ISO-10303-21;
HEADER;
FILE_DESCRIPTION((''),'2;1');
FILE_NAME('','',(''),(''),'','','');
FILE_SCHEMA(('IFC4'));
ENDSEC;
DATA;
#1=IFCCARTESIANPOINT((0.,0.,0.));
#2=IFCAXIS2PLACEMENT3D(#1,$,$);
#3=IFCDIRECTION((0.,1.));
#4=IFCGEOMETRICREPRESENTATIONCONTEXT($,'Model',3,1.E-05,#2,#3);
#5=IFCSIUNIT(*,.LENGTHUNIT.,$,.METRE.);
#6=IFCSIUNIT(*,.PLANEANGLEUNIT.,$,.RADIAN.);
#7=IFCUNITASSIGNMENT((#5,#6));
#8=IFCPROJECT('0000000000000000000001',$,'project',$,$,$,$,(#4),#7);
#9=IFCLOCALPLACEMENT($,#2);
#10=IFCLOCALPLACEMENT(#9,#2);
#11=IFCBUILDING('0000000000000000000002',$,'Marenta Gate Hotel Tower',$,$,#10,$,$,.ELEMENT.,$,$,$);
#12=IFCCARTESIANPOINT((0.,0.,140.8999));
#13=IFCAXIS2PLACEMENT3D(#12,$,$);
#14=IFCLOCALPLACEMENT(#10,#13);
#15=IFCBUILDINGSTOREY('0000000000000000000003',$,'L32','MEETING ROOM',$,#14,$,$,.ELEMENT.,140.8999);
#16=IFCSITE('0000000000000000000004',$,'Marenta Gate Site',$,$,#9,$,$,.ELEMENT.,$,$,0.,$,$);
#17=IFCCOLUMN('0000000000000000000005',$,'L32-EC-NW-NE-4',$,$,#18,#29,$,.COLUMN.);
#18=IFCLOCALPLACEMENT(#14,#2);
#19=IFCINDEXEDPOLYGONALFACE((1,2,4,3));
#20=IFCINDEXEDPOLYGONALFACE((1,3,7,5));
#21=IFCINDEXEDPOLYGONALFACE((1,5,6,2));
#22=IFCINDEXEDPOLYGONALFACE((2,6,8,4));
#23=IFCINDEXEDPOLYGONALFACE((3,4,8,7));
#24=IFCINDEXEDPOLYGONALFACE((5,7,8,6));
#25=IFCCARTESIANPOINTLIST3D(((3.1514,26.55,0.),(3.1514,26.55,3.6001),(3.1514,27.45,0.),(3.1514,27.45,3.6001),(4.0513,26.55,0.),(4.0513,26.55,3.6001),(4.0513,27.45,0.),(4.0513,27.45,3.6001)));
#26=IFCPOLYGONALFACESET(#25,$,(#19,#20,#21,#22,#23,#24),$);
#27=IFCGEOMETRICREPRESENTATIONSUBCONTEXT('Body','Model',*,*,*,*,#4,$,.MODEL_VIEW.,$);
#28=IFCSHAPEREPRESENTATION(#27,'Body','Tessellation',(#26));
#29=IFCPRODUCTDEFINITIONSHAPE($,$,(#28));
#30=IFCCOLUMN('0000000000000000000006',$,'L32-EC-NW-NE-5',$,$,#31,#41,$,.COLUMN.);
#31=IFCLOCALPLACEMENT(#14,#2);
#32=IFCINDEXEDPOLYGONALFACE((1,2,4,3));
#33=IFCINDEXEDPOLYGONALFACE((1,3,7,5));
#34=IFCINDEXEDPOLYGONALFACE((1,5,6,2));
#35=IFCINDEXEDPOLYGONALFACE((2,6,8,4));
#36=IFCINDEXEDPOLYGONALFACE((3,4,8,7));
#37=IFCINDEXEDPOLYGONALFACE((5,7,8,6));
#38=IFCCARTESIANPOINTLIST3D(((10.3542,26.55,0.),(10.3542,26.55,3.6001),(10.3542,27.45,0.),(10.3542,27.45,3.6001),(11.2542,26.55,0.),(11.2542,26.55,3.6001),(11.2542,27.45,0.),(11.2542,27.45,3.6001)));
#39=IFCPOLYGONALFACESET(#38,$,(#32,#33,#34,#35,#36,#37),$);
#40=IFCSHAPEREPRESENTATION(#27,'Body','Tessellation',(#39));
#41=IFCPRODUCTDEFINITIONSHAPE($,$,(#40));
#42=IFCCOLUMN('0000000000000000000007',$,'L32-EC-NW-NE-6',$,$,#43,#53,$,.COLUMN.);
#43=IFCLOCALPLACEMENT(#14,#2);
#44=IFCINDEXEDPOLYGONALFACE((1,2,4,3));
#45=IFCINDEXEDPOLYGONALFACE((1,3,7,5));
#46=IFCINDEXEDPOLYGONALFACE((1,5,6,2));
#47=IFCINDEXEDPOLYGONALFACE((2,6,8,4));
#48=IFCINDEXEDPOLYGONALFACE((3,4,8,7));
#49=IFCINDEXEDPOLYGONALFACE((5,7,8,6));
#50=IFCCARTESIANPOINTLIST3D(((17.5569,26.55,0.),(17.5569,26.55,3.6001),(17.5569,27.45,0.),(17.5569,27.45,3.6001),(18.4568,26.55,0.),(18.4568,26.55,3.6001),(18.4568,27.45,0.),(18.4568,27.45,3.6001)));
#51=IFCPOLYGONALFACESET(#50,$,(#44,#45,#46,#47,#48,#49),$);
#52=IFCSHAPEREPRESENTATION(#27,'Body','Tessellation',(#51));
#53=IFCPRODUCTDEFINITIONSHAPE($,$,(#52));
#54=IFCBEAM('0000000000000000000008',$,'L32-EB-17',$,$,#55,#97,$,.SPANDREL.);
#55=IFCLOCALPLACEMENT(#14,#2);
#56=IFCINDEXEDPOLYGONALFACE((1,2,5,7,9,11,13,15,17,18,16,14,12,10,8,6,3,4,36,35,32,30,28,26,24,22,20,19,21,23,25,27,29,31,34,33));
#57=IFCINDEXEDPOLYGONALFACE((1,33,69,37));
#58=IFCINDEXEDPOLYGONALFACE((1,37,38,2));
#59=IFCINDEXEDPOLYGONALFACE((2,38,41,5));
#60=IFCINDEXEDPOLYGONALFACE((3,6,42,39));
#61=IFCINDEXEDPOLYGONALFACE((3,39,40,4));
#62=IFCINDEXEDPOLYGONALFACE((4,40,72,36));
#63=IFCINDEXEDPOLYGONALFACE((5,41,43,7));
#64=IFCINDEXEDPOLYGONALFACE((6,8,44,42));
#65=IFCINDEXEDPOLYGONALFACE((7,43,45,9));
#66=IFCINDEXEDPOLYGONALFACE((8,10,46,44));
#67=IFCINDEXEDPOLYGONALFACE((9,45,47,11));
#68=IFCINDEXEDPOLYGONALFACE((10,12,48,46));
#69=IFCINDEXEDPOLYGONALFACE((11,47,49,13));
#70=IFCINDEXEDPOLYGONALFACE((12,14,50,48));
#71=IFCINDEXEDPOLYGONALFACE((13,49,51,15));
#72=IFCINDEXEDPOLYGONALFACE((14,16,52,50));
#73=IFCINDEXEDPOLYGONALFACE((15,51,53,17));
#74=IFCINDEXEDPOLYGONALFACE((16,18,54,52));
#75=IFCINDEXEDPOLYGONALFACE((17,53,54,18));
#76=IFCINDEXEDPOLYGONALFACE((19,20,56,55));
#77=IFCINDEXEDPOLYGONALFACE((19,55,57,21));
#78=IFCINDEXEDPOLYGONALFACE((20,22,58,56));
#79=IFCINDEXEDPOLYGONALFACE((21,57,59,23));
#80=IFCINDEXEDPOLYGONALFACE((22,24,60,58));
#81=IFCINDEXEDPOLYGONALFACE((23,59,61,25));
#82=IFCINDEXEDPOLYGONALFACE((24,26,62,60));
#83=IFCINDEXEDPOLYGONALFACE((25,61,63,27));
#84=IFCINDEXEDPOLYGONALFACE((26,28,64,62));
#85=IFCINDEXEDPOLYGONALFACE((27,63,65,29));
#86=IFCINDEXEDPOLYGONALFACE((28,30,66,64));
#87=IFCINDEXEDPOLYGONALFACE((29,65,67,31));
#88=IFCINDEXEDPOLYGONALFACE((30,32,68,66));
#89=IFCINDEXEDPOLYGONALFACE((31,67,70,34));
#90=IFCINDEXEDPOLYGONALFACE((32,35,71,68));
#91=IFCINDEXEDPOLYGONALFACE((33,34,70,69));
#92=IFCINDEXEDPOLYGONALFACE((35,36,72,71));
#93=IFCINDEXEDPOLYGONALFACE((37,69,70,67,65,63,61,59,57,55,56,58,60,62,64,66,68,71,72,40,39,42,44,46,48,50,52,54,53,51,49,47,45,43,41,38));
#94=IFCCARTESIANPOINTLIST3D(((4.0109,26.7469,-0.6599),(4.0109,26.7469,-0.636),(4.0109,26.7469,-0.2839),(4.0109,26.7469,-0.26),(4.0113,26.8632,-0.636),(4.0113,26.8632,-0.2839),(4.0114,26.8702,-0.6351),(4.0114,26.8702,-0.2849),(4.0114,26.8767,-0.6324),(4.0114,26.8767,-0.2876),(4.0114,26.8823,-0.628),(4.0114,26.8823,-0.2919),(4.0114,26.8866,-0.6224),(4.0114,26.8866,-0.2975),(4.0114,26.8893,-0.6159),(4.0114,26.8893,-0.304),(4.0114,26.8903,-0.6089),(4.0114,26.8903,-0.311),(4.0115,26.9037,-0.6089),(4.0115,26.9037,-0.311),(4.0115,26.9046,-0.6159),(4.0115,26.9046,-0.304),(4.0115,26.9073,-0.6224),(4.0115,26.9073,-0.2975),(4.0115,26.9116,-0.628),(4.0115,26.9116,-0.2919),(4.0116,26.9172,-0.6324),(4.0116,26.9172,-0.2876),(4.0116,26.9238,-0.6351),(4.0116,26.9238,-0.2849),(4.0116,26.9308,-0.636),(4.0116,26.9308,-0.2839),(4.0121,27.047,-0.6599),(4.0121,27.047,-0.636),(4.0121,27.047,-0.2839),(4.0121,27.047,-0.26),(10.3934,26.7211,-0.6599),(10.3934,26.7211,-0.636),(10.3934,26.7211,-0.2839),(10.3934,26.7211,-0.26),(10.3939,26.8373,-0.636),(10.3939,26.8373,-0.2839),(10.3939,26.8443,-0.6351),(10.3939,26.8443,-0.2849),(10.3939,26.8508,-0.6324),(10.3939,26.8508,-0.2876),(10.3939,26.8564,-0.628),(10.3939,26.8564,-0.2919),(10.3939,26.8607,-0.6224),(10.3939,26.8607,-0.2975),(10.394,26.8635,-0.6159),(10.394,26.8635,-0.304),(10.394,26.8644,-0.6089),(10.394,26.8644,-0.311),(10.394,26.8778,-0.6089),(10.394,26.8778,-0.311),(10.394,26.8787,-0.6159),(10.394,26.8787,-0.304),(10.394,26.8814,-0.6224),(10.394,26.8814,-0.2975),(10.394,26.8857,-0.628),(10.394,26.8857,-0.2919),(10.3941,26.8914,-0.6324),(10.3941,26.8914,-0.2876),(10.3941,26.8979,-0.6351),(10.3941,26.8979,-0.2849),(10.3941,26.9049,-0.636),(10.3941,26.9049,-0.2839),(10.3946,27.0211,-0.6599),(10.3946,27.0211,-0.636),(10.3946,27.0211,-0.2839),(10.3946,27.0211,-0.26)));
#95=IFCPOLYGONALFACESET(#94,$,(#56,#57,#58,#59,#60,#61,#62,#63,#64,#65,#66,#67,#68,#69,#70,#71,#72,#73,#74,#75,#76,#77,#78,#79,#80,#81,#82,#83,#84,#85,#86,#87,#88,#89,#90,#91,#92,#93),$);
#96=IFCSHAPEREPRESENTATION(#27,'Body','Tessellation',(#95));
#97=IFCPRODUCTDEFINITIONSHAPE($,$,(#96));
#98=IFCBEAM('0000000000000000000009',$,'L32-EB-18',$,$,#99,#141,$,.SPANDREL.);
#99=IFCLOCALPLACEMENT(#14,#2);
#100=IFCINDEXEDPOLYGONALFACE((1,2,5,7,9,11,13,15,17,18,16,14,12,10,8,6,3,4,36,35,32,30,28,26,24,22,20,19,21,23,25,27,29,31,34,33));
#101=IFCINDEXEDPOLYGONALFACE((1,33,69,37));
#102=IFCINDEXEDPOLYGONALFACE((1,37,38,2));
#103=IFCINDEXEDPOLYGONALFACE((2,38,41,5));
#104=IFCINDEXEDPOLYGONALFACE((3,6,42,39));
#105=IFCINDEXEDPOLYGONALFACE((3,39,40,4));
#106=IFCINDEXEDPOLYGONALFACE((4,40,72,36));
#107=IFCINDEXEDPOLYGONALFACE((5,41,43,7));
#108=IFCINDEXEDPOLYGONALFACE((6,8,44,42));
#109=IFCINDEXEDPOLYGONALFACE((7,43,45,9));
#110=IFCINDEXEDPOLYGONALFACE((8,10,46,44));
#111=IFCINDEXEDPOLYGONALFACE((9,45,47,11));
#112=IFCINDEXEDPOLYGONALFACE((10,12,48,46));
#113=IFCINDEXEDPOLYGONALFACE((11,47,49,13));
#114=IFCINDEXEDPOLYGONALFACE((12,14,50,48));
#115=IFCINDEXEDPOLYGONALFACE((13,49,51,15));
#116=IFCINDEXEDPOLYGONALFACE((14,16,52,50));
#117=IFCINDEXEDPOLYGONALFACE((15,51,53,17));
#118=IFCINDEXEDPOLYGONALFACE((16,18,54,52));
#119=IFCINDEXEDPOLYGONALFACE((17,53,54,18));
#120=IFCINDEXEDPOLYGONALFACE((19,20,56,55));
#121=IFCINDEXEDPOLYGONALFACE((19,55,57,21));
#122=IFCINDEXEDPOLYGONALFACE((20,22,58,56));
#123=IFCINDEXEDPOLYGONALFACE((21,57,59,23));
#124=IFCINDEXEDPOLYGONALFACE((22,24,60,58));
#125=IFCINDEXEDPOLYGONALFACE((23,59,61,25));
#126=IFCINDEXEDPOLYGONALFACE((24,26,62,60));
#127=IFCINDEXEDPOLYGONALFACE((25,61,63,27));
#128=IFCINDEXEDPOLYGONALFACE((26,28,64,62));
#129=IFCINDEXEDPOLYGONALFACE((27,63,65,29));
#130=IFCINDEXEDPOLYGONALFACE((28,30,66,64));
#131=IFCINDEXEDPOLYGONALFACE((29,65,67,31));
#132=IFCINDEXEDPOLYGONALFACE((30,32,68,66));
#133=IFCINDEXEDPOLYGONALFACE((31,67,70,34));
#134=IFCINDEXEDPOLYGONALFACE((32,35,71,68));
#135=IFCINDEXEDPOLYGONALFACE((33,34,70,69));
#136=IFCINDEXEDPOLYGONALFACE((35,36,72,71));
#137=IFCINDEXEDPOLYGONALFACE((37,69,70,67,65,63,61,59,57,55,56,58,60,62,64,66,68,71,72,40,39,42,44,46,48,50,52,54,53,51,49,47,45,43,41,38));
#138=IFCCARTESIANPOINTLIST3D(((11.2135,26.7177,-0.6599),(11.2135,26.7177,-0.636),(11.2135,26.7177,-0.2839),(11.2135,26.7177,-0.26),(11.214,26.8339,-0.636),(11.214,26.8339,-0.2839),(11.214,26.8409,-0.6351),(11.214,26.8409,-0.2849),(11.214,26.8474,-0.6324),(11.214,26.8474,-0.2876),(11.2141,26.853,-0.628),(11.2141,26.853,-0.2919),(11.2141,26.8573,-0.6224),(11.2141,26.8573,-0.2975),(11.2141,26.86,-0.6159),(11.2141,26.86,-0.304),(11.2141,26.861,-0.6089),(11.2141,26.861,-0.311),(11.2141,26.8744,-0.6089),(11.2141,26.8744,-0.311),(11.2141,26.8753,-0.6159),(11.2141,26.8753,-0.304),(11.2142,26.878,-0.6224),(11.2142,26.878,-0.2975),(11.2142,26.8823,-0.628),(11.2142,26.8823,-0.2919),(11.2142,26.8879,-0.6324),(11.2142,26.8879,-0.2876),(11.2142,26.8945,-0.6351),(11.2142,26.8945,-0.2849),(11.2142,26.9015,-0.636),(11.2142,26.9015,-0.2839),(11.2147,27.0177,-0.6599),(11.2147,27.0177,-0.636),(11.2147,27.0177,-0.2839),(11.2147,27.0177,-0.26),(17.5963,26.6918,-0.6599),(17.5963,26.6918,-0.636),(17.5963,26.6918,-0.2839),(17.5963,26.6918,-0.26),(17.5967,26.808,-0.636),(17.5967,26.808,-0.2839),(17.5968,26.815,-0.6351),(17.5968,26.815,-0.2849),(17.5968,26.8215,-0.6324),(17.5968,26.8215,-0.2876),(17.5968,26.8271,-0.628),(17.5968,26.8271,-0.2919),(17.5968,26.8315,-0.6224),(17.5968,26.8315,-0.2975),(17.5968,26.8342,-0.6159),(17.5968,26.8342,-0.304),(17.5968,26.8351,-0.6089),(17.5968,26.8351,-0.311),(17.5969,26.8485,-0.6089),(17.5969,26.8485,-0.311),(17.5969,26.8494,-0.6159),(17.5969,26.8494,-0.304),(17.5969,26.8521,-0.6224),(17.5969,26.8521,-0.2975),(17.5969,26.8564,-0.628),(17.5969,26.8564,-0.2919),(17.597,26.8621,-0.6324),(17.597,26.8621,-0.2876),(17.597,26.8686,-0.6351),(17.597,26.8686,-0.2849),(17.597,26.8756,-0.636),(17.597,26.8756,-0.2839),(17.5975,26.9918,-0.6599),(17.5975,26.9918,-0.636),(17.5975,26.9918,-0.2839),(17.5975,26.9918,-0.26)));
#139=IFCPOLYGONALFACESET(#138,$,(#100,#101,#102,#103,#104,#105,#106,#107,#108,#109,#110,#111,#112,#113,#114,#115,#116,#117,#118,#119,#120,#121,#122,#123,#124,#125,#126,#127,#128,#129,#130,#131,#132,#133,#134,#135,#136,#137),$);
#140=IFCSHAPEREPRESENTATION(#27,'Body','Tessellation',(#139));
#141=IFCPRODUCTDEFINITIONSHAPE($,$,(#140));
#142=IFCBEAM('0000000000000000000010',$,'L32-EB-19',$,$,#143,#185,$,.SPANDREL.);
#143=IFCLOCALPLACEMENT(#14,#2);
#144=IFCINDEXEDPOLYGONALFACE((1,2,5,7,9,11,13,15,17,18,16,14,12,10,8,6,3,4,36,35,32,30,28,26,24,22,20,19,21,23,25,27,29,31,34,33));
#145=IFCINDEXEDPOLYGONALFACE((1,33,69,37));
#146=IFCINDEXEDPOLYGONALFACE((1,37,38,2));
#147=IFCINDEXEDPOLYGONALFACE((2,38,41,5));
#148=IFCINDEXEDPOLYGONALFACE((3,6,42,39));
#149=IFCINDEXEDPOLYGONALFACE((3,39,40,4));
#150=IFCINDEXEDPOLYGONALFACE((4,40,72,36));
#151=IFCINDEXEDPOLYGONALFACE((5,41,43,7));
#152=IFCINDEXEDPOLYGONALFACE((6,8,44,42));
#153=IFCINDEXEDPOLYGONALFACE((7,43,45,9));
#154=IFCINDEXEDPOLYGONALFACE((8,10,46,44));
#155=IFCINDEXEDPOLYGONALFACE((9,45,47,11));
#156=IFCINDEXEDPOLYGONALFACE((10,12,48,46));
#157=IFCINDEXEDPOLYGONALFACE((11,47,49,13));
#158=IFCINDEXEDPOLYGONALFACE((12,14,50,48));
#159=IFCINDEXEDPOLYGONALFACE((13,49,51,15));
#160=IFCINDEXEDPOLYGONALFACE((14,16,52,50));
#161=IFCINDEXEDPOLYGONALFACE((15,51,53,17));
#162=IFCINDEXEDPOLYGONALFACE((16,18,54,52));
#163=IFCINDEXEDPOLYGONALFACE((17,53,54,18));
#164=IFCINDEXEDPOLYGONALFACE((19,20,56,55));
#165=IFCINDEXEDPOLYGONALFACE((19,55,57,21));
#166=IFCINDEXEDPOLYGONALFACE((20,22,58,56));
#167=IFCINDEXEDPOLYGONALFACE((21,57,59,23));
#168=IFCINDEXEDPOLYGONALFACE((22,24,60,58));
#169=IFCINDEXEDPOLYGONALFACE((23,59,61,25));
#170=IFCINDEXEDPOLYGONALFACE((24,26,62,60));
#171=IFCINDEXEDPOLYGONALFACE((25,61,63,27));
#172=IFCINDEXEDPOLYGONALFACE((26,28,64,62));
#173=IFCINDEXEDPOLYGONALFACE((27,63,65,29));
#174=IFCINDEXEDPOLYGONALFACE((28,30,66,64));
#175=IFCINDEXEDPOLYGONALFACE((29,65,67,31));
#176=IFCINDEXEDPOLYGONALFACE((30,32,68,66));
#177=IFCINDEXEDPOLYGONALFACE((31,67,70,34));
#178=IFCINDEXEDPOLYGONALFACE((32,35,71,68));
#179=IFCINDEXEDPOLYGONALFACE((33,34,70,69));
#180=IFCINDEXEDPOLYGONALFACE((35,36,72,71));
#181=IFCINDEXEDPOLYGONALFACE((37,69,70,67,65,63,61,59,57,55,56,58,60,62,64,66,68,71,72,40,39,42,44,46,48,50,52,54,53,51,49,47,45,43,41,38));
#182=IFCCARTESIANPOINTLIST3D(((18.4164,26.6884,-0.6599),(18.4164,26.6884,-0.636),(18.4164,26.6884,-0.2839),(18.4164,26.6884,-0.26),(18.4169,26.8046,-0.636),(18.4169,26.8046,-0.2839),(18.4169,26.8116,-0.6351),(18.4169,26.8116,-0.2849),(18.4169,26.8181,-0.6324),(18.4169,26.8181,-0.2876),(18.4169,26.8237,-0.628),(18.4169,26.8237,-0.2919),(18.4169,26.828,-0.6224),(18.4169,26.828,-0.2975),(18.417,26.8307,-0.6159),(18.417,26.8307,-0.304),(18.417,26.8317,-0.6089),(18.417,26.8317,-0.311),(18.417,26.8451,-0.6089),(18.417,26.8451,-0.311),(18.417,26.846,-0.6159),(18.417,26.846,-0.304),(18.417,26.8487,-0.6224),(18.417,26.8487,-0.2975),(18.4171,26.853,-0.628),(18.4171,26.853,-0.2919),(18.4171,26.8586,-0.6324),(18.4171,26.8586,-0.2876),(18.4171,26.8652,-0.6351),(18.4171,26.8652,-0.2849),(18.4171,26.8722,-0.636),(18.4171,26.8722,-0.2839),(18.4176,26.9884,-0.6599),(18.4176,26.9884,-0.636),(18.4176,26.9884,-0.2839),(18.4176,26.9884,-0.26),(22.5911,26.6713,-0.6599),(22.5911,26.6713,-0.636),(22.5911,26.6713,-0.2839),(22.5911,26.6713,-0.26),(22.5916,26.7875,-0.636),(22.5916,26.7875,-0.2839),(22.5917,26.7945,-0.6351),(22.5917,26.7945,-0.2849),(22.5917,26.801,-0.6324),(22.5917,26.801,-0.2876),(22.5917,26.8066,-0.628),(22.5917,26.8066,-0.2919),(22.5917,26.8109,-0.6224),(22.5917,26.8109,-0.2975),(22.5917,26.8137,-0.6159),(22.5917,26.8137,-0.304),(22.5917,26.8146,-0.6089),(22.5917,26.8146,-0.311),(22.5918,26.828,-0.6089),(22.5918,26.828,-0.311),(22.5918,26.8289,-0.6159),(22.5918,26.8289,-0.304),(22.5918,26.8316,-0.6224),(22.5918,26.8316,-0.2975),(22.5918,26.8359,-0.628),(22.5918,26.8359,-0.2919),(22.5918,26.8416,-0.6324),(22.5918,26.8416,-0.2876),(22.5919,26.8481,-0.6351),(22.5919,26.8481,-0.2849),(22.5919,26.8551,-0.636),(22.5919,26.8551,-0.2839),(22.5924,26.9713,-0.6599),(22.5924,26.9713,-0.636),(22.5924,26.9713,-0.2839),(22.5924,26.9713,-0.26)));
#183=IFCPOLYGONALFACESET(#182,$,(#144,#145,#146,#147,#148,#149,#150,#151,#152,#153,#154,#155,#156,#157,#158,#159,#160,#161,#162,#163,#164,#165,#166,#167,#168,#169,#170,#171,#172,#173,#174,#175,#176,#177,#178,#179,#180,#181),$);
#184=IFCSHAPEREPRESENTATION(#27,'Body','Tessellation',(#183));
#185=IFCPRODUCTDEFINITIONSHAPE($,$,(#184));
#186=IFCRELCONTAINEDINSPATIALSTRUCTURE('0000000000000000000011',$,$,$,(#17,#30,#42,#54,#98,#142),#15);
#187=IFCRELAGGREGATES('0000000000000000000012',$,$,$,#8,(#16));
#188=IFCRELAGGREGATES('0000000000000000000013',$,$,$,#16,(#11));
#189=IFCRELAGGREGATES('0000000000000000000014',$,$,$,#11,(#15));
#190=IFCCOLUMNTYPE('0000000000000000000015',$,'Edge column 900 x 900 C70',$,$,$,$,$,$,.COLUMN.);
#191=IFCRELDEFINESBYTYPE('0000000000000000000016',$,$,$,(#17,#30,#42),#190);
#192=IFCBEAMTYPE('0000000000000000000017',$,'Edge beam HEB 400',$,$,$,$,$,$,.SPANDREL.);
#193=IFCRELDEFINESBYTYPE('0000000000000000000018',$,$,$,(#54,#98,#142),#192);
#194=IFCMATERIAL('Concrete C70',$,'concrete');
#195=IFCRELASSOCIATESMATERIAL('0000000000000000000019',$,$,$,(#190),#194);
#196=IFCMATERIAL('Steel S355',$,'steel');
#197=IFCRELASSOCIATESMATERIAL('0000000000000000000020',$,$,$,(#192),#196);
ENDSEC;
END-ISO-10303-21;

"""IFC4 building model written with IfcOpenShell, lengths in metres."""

from ifc_helpers import new_model, si_unit, direction, frame, origin, origin_2d, place, context, subcontext, project, spatial, rectangle, i_section, extrude, material, material_profile, profile_set, type_object, element, save


model = new_model("IFC4")

# Units and contexts
model_context = context("Model", 3, precision=1e-05, world=origin(), true_north=direction((0.0, 1.0)))
body_context = subcontext(model_context, "Body", "Model", "MODEL_VIEW")
ifc_project = project(units=[si_unit("LENGTHUNIT", "METRE"), si_unit("PLANEANGLEUNIT", "RADIAN")], contexts=[model_context])

# Site, building, storey
site_placement = place(None, origin())
site = spatial("IfcSite", under=ifc_project, at=site_placement, Name="Marenta Gate Site", CompositionType="ELEMENT", RefElevation=0.0)
building_placement = place(site_placement, origin())
building = spatial("IfcBuilding", under=site, at=building_placement, Name="Marenta Gate Hotel Tower", CompositionType="ELEMENT")
storey_placement = place(building_placement, frame((0.0, 0.0, 140.8999)))
storey = spatial("IfcBuildingStorey", under=building, at=storey_placement, Name="L32", Description="MEETING ROOM", CompositionType="ELEMENT", Elevation=140.8999)

# Columns
ifc_material_1 = material(Name="Concrete C70", Category="concrete")
ifc_material_profile_1 = material_profile(ifc_material_1, rectangle(XDim=0.8999, YDim=0.8999, at=origin_2d()), Name="900 x 900")
ifc_profile_set_1 = profile_set([ifc_material_profile_1], Name="Concrete C70")
column_type = type_object("IfcColumnType", Name="Edge column 900 x 900 C70", PredefinedType="COLUMN", material=ifc_profile_set_1)
for number, where, z_axis, x_axis, name in (
    (1, (3.6013, 27.0, 0.0), (0.0, 0.0, 1.0), (1.0, 0.0, 0.0), "L32-EC-NW-NE-4"),
    (2, (10.8042, 27.0, 0.0), (0.0, 0.0, 1.0), (1.0, 0.0, 0.0), "L32-EC-NW-NE-5"),
    (3, (18.0068, 27.0, 0.0), (0.0, 0.0, 1.0), (1.0, 0.0, 0.0), "L32-EC-NW-NE-6"),
):
    element("IfcColumn", number, at=place(storey_placement, frame(where, z_axis=z_axis, x_axis=x_axis)), inside=storey, type_object=column_type, Name=name, PredefinedType="COLUMN", context=body_context, shape_type="SweptSolid", body=[
        extrude(rectangle(XDim=0.8999, YDim=0.8999, at=origin_2d()), origin(), (0.0, 0.0, 1.0), 3.6001),
    ])

# Beams
ifc_material_2 = material(Name="Steel S355", Category="steel")
ifc_material_profile_2 = material_profile(ifc_material_2, i_section(OverallWidth=0.3, OverallDepth=0.3999, WebThickness=0.0134, FlangeThickness=0.0239, FilletRadius=0.0271, at=origin_2d()), Name="HEB 400")
ifc_profile_set_2 = profile_set([ifc_material_profile_2], Name="Steel S355")
beam_type_1 = type_object("IfcBeamType", Name="Edge beam HEB 400", PredefinedType="SPANDREL", material=ifc_profile_set_2)
beam_1_placement = place(storey_placement, frame((4.0115, 26.897, -0.46), z_axis=(0.999992, -0.004055, 0.0), x_axis=(0.004055, 0.999992, 0.0)))
element("IfcBeam", 4, at=beam_1_placement, inside=storey, type_object=beam_type_1, Name="L32-EB-17", PredefinedType="SPANDREL", context=body_context, shape_type="SweptSolid", body=[
    extrude(i_section(OverallWidth=0.3, OverallDepth=0.3999, WebThickness=0.0134, FlangeThickness=0.0239, FilletRadius=0.0271, at=origin_2d()), origin(), (0.0, 0.0, 1.0), 6.3826),
])
beam_2_placement = place(storey_placement, frame((11.2141, 26.8677, -0.46), z_axis=(0.999992, -0.004054, 0.0), x_axis=(0.004054, 0.999992, 0.0)))
element("IfcBeam", 5, at=beam_2_placement, inside=storey, type_object=beam_type_1, Name="L32-EB-18", PredefinedType="SPANDREL", context=body_context, shape_type="SweptSolid", body=[
    extrude(i_section(OverallWidth=0.3, OverallDepth=0.3999, WebThickness=0.0134, FlangeThickness=0.0239, FilletRadius=0.0271, at=origin_2d()), origin(), (0.0, 0.0, 1.0), 6.3828),
])
beam_3_placement = place(storey_placement, frame((18.417, 26.8384, -0.46), z_axis=(0.999992, -0.004094, 0.0), x_axis=(0.004094, 0.999992, 0.0)))
element("IfcBeam", 6, at=beam_3_placement, inside=storey, type_object=beam_type_1, Name="L32-EB-19", PredefinedType="SPANDREL", context=body_context, shape_type="SweptSolid", body=[
    extrude(i_section(OverallWidth=0.3, OverallDepth=0.3999, WebThickness=0.0134, FlangeThickness=0.0239, FilletRadius=0.0271, at=origin_2d()), origin(), (0.0, 0.0, 1.0), 4.1748),
])

save(model, "model.ifc")
